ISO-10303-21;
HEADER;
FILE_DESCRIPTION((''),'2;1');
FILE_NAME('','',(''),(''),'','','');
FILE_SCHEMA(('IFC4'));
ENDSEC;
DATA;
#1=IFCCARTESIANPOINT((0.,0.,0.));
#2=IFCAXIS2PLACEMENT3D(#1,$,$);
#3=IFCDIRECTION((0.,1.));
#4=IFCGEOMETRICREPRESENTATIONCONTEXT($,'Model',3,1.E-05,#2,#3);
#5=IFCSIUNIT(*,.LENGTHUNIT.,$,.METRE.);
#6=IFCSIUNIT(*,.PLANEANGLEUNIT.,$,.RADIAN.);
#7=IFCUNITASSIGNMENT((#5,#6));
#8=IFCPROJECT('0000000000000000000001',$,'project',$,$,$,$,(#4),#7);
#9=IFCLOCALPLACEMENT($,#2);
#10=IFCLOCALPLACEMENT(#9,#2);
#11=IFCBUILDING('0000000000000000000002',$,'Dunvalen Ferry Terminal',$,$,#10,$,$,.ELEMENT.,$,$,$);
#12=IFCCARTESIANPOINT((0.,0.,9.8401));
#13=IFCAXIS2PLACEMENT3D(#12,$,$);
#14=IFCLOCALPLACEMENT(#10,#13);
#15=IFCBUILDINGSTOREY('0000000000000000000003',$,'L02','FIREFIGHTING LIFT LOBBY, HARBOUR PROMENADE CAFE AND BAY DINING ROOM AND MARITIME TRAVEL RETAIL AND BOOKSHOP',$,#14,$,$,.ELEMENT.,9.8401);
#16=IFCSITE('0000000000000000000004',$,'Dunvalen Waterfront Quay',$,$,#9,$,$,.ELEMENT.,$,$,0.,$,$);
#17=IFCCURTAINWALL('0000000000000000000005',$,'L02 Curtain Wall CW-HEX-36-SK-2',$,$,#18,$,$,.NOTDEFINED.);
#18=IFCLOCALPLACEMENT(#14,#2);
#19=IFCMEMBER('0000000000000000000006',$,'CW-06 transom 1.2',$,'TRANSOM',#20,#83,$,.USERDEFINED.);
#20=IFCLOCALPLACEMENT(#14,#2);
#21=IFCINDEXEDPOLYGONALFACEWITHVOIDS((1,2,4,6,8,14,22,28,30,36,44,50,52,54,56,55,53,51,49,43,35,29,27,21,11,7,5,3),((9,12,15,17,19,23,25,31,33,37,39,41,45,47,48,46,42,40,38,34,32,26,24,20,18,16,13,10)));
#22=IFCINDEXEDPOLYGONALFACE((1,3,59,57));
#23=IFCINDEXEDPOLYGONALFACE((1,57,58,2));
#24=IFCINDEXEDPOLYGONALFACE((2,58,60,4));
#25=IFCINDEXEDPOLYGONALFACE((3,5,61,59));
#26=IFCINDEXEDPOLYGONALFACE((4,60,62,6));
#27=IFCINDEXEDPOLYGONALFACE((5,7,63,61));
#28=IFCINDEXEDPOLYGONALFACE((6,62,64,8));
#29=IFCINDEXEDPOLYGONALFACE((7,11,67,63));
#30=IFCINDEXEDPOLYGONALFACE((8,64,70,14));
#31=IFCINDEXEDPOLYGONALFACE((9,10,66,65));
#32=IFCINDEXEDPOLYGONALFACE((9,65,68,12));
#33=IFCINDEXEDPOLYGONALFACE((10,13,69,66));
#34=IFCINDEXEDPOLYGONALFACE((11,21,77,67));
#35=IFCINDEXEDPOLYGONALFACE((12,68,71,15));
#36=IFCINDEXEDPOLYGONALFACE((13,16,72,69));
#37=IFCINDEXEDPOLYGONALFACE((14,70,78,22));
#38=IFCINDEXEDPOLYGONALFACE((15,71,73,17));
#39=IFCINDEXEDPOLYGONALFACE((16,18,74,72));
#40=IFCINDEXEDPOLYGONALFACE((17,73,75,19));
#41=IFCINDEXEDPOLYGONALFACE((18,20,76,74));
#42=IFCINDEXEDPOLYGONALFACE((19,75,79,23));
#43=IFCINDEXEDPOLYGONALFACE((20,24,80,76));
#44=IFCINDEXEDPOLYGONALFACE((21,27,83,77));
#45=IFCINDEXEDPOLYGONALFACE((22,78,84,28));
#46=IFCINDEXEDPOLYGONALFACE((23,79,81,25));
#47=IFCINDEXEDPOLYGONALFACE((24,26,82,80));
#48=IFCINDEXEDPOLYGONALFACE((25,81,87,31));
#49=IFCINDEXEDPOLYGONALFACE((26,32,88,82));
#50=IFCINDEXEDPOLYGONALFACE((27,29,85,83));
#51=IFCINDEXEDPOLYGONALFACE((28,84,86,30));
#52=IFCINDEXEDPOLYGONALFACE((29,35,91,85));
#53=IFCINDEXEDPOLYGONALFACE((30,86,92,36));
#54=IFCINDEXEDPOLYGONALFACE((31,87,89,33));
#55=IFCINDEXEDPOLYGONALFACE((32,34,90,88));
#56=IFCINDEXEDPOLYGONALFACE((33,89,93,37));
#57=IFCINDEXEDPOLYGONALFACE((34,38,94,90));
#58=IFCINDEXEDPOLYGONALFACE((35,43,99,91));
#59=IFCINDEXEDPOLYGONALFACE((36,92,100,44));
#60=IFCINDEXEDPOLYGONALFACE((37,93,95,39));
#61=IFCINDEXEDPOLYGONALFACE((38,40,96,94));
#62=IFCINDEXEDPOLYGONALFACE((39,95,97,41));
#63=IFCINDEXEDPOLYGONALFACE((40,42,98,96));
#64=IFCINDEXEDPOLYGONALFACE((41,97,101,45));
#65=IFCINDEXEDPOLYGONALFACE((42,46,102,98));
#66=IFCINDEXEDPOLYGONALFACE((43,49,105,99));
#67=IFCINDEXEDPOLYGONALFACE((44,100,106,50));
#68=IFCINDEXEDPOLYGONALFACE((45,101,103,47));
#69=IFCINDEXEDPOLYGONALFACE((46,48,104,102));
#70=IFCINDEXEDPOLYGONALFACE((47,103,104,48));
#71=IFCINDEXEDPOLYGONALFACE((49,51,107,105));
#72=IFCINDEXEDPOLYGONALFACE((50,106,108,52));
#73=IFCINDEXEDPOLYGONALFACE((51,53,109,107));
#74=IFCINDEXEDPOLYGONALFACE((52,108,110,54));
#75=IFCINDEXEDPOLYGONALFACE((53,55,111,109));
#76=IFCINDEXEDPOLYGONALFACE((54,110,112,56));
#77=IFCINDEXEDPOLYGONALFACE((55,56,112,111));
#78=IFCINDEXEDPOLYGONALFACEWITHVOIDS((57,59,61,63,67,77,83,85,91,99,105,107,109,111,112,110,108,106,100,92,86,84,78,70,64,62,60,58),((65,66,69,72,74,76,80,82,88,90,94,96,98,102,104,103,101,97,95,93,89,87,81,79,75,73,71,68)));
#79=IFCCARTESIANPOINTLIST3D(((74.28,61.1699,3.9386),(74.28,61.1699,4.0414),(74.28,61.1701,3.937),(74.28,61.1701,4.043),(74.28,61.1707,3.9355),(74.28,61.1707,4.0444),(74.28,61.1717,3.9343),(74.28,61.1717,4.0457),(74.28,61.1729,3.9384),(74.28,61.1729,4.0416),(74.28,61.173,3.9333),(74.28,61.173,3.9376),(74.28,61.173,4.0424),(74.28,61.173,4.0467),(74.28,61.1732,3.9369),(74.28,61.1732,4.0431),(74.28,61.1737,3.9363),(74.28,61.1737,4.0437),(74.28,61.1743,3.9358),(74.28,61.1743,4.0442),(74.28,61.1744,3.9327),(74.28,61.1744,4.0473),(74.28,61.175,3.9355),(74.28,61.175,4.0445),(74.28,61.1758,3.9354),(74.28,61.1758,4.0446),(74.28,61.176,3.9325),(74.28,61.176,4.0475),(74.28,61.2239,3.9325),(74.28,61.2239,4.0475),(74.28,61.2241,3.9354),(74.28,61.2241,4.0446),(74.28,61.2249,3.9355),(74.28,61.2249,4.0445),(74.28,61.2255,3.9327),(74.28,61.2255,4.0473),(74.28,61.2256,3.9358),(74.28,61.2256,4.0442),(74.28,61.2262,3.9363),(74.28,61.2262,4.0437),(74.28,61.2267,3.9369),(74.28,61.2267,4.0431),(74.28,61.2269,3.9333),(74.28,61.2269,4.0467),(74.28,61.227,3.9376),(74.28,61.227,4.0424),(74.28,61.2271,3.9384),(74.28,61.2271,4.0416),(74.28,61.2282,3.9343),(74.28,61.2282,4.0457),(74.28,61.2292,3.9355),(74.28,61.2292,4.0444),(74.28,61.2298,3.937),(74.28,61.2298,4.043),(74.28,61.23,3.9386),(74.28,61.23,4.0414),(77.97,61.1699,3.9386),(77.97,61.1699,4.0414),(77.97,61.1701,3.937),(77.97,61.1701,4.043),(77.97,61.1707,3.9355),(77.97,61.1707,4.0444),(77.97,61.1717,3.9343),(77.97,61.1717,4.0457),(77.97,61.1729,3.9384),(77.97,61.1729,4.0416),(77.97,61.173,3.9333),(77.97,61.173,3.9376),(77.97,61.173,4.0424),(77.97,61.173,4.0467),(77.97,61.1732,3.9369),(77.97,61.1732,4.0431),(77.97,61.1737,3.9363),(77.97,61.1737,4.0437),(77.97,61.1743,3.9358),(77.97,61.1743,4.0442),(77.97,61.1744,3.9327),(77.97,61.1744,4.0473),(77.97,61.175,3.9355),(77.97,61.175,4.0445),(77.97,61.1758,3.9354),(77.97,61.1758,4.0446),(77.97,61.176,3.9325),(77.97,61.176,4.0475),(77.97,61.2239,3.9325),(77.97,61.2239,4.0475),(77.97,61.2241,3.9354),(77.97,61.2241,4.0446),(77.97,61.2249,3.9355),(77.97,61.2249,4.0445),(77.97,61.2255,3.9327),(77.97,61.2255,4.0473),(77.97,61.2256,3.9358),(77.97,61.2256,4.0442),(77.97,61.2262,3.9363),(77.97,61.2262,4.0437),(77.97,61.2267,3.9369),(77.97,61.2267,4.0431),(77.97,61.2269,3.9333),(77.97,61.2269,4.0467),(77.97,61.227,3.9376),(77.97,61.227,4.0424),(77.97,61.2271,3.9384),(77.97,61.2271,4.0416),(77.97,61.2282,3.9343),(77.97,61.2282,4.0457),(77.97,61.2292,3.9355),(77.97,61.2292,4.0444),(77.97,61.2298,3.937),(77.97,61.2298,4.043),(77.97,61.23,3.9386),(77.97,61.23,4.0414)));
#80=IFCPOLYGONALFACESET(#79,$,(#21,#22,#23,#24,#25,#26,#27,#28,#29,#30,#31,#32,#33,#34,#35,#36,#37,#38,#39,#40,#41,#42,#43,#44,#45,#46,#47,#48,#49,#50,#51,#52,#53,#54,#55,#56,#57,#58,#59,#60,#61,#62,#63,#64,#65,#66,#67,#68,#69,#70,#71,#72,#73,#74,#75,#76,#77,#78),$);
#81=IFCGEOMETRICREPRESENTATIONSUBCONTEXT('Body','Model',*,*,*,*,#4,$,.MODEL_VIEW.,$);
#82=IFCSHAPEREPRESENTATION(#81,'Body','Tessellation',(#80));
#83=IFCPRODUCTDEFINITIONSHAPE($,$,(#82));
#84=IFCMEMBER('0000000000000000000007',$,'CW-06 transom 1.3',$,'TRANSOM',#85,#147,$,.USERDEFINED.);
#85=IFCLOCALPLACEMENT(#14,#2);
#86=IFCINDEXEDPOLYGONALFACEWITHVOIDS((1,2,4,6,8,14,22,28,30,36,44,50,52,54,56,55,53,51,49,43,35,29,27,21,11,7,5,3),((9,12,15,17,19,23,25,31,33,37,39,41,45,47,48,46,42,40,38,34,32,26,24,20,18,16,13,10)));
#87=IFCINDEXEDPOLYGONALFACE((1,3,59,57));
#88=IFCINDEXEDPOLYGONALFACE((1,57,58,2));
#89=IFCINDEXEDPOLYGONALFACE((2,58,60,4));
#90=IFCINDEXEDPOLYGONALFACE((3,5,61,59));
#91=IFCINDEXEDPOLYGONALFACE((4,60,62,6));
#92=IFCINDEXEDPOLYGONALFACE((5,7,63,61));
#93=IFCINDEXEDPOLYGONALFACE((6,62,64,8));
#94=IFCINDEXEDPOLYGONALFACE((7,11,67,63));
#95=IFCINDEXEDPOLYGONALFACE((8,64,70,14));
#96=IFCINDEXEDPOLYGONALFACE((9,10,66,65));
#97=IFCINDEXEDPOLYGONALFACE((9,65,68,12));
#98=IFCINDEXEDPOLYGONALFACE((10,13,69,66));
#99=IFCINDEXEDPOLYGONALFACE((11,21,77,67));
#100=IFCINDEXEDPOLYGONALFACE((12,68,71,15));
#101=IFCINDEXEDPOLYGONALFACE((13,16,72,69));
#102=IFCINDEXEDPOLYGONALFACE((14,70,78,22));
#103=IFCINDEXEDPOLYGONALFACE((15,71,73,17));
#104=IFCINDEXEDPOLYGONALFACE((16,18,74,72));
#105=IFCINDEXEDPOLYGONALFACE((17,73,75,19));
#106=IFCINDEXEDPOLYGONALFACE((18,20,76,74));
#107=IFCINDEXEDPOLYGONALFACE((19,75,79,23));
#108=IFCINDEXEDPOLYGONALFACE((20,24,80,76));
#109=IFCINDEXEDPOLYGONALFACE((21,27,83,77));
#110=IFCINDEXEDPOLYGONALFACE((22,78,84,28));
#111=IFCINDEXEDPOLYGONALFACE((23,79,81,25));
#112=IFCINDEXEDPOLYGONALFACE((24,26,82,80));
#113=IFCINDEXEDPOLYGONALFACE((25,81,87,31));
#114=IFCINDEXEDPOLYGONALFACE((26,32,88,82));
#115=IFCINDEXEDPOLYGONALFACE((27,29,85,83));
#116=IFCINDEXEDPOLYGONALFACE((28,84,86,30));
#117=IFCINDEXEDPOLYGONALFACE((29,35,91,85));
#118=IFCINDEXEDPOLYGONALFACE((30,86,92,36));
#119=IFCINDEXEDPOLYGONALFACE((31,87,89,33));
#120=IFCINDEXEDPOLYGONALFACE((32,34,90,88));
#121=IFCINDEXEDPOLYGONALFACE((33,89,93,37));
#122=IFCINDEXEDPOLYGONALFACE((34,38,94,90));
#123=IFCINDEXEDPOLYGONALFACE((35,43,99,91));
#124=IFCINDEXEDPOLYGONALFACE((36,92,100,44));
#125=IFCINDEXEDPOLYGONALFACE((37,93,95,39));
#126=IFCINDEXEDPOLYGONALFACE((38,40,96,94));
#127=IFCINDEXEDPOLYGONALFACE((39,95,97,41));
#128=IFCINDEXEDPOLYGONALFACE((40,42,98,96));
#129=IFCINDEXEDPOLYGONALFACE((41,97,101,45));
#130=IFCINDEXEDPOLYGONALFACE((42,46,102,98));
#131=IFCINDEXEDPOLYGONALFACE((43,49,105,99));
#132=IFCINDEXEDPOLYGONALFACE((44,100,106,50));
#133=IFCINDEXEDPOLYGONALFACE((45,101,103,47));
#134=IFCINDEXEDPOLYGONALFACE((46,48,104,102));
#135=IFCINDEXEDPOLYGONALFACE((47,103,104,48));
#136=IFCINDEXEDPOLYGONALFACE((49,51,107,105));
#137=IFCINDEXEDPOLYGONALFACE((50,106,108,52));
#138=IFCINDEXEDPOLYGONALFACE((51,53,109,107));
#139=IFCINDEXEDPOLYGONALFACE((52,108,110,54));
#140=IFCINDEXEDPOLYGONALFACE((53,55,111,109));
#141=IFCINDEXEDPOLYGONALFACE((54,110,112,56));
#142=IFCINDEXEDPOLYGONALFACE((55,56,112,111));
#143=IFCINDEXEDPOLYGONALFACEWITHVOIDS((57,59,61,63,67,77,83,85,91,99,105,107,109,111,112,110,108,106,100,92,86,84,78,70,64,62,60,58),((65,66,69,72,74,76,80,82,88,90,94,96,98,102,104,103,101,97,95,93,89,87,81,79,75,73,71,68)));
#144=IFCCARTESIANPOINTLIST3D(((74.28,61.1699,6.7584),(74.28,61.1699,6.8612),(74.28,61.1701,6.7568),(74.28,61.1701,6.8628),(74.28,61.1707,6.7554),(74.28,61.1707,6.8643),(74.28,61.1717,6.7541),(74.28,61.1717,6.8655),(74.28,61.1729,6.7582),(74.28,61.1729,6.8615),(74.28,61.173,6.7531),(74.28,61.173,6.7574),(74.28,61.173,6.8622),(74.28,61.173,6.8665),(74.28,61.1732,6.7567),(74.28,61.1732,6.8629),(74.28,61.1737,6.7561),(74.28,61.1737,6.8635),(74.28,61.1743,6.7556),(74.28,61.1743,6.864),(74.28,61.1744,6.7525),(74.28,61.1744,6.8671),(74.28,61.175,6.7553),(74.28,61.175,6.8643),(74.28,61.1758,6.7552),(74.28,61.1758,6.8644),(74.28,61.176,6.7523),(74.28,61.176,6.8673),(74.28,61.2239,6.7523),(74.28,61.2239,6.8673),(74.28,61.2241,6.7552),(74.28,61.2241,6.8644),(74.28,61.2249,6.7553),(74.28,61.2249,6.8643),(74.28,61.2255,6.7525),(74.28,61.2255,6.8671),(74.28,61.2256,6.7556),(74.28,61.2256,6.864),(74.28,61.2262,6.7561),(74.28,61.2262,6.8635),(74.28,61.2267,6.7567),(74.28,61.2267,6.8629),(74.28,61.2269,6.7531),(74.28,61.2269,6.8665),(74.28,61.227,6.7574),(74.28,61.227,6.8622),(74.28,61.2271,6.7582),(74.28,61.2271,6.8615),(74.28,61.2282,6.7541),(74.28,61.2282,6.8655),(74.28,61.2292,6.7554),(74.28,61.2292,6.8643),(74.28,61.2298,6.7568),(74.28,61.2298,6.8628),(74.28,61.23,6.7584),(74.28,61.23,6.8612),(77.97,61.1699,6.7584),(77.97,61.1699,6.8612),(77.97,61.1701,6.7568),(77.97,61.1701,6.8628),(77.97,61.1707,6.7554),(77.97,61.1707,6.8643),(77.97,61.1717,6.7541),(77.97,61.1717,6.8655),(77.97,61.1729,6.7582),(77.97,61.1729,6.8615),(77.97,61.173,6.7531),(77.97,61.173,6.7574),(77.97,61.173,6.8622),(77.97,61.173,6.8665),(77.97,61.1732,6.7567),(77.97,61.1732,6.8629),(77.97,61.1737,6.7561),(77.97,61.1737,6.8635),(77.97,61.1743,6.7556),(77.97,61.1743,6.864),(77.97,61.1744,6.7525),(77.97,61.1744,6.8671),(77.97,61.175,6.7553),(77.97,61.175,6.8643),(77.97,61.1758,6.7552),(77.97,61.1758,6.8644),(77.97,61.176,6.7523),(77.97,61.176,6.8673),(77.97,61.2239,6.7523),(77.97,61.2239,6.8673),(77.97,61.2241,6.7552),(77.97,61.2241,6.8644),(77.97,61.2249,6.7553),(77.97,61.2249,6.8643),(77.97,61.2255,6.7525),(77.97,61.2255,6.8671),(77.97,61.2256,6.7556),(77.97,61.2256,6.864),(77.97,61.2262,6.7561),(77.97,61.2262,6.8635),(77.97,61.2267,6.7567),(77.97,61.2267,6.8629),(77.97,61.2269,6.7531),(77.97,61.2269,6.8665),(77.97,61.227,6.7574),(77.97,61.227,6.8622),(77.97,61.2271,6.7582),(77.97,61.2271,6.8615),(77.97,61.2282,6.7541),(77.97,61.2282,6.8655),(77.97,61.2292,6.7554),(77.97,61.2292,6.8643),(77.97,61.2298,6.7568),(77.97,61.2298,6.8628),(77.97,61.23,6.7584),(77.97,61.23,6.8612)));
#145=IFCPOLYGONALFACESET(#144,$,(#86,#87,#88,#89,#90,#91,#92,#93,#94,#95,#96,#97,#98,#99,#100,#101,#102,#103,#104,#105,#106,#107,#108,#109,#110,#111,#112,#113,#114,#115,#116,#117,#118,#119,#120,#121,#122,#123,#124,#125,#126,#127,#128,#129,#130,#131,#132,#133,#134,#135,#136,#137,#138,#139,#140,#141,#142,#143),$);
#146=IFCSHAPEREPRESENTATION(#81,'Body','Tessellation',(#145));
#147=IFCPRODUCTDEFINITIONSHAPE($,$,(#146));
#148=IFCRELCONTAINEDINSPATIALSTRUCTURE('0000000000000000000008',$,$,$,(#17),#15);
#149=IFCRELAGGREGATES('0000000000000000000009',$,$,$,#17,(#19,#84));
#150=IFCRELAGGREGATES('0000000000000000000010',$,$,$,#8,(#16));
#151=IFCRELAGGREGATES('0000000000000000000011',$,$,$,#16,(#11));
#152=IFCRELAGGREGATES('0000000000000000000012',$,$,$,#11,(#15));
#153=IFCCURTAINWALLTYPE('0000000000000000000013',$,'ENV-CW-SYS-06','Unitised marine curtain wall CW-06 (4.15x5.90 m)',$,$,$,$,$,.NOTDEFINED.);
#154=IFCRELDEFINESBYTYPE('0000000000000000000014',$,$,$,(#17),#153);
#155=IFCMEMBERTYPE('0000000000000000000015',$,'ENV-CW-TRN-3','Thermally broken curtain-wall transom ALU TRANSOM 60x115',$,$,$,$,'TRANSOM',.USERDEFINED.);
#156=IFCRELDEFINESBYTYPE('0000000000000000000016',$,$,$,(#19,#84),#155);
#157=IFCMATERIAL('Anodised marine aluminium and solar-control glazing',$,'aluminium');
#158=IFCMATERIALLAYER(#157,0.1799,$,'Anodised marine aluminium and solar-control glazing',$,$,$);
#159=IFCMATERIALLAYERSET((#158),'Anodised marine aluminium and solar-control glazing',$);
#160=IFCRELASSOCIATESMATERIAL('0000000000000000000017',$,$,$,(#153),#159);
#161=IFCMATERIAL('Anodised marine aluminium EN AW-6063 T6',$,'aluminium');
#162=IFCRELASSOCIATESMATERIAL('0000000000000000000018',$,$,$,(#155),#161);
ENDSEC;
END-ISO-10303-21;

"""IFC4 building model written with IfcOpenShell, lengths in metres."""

from ifc_helpers import new_model, si_unit, direction, frame, origin, origin_2d, place, context, subcontext, project, spatial, hollow_rectangle, extrude, material, layer, layer_set, material_profile, profile_set, type_object, element, aggregate, save


model = new_model("IFC4")

# Units and contexts
model_context = context("Model", 3, precision=1e-05, world=origin(), true_north=direction((0.0, 1.0)))
body_context = subcontext(model_context, "Body", "Model", "MODEL_VIEW")
ifc_project = project(units=[si_unit("LENGTHUNIT", "METRE"), si_unit("PLANEANGLEUNIT", "RADIAN")], contexts=[model_context])

# Site, building, storey
site_placement = place(None, origin())
site = spatial("IfcSite", under=ifc_project, at=site_placement, Name="Dunvalen Waterfront Quay", CompositionType="ELEMENT", RefElevation=0.0)
building_placement = place(site_placement, origin())
building = spatial("IfcBuilding", under=site, at=building_placement, Name="Dunvalen Ferry Terminal", CompositionType="ELEMENT")
storey_placement = place(building_placement, frame((0.0, 0.0, 9.8401)))
storey = spatial("IfcBuildingStorey", under=building, at=storey_placement, Name="L02", Description="FIREFIGHTING LIFT LOBBY, HARBOUR PROMENADE CAFE AND BAY DINING ROOM AND MARITIME TRAVEL RETAIL AND BOOKSHOP", CompositionType="ELEMENT", Elevation=9.8401)

# Curtain wall, members
ifc_material_1 = material(Name="Anodised marine aluminium and solar-control glazing", Category="aluminium")
ifc_layer_1 = layer(ifc_material_1, 0.1799, Name="Anodised marine aluminium and solar-control glazing")
ifc_layer_set_1 = layer_set([ifc_layer_1], Name="Anodised marine aluminium and solar-control glazing")
curtain_wall_type = type_object("IfcCurtainWallType", Name="ENV-CW-SYS-06", Description="Unitised marine curtain wall CW-06 (4.15x5.90 m)", PredefinedType="NOTDEFINED", material=ifc_layer_set_1)
curtain_wall_placement = place(storey_placement, origin())
curtain_wall = element("IfcCurtainWall", 1, at=curtain_wall_placement, inside=storey, type_object=curtain_wall_type, Name="L02 Curtain Wall CW-HEX-36-SK-2", PredefinedType="NOTDEFINED")
ifc_material_2 = material(Name="Anodised marine aluminium EN AW-6063 T6", Category="aluminium")
ifc_material_profile_1 = material_profile(ifc_material_2, hollow_rectangle(XDim=0.0601, YDim=0.115, WallThickness=0.0029, InnerFilletRadius=0.0029, OuterFilletRadius=0.0061, at=origin_2d()), Name="Anodised marine aluminium EN AW-6063 T6")
ifc_profile_set_1 = profile_set([ifc_material_profile_1], Name="Anodised marine aluminium EN AW-6063 T6")
member_type_1 = type_object("IfcMemberType", Name="ENV-CW-TRN-3", Description="Thermally broken curtain-wall transom ALU TRANSOM 60x115", ElementType="TRANSOM", PredefinedType="USERDEFINED", material=ifc_profile_set_1)
member_1_placement = place(storey_placement, frame((74.28, 61.2, 3.99), z_axis=(1.0, 0.0, 0.0), x_axis=(0.0, 1.0, 0.0)))
member_1 = element("IfcMember", 2, at=member_1_placement, type_object=member_type_1, Name="CW-06 transom 1.2", ObjectType="TRANSOM", PredefinedType="USERDEFINED", context=body_context, shape_type="SweptSolid", body=[
    extrude(hollow_rectangle(XDim=0.0601, YDim=0.115, WallThickness=0.0029, InnerFilletRadius=0.0029, OuterFilletRadius=0.0061, at=origin_2d()), origin(), (0.0, 0.0, 1.0), 3.6899),
])
member_2_placement = place(storey_placement, frame((74.28, 61.2, 6.8098), z_axis=(1.0, 0.0, 0.0), x_axis=(0.0, 1.0, 0.0)))
member_2 = element("IfcMember", 3, at=member_2_placement, type_object=member_type_1, Name="CW-06 transom 1.3", ObjectType="TRANSOM", PredefinedType="USERDEFINED", context=body_context, shape_type="SweptSolid", body=[
    extrude(hollow_rectangle(XDim=0.0601, YDim=0.115, WallThickness=0.0029, InnerFilletRadius=0.0029, OuterFilletRadius=0.0061, at=origin_2d()), origin(), (0.0, 0.0, 1.0), 3.6899),
])

aggregate(curtain_wall, [member_1, member_2])

save(model, "model.ifc")
